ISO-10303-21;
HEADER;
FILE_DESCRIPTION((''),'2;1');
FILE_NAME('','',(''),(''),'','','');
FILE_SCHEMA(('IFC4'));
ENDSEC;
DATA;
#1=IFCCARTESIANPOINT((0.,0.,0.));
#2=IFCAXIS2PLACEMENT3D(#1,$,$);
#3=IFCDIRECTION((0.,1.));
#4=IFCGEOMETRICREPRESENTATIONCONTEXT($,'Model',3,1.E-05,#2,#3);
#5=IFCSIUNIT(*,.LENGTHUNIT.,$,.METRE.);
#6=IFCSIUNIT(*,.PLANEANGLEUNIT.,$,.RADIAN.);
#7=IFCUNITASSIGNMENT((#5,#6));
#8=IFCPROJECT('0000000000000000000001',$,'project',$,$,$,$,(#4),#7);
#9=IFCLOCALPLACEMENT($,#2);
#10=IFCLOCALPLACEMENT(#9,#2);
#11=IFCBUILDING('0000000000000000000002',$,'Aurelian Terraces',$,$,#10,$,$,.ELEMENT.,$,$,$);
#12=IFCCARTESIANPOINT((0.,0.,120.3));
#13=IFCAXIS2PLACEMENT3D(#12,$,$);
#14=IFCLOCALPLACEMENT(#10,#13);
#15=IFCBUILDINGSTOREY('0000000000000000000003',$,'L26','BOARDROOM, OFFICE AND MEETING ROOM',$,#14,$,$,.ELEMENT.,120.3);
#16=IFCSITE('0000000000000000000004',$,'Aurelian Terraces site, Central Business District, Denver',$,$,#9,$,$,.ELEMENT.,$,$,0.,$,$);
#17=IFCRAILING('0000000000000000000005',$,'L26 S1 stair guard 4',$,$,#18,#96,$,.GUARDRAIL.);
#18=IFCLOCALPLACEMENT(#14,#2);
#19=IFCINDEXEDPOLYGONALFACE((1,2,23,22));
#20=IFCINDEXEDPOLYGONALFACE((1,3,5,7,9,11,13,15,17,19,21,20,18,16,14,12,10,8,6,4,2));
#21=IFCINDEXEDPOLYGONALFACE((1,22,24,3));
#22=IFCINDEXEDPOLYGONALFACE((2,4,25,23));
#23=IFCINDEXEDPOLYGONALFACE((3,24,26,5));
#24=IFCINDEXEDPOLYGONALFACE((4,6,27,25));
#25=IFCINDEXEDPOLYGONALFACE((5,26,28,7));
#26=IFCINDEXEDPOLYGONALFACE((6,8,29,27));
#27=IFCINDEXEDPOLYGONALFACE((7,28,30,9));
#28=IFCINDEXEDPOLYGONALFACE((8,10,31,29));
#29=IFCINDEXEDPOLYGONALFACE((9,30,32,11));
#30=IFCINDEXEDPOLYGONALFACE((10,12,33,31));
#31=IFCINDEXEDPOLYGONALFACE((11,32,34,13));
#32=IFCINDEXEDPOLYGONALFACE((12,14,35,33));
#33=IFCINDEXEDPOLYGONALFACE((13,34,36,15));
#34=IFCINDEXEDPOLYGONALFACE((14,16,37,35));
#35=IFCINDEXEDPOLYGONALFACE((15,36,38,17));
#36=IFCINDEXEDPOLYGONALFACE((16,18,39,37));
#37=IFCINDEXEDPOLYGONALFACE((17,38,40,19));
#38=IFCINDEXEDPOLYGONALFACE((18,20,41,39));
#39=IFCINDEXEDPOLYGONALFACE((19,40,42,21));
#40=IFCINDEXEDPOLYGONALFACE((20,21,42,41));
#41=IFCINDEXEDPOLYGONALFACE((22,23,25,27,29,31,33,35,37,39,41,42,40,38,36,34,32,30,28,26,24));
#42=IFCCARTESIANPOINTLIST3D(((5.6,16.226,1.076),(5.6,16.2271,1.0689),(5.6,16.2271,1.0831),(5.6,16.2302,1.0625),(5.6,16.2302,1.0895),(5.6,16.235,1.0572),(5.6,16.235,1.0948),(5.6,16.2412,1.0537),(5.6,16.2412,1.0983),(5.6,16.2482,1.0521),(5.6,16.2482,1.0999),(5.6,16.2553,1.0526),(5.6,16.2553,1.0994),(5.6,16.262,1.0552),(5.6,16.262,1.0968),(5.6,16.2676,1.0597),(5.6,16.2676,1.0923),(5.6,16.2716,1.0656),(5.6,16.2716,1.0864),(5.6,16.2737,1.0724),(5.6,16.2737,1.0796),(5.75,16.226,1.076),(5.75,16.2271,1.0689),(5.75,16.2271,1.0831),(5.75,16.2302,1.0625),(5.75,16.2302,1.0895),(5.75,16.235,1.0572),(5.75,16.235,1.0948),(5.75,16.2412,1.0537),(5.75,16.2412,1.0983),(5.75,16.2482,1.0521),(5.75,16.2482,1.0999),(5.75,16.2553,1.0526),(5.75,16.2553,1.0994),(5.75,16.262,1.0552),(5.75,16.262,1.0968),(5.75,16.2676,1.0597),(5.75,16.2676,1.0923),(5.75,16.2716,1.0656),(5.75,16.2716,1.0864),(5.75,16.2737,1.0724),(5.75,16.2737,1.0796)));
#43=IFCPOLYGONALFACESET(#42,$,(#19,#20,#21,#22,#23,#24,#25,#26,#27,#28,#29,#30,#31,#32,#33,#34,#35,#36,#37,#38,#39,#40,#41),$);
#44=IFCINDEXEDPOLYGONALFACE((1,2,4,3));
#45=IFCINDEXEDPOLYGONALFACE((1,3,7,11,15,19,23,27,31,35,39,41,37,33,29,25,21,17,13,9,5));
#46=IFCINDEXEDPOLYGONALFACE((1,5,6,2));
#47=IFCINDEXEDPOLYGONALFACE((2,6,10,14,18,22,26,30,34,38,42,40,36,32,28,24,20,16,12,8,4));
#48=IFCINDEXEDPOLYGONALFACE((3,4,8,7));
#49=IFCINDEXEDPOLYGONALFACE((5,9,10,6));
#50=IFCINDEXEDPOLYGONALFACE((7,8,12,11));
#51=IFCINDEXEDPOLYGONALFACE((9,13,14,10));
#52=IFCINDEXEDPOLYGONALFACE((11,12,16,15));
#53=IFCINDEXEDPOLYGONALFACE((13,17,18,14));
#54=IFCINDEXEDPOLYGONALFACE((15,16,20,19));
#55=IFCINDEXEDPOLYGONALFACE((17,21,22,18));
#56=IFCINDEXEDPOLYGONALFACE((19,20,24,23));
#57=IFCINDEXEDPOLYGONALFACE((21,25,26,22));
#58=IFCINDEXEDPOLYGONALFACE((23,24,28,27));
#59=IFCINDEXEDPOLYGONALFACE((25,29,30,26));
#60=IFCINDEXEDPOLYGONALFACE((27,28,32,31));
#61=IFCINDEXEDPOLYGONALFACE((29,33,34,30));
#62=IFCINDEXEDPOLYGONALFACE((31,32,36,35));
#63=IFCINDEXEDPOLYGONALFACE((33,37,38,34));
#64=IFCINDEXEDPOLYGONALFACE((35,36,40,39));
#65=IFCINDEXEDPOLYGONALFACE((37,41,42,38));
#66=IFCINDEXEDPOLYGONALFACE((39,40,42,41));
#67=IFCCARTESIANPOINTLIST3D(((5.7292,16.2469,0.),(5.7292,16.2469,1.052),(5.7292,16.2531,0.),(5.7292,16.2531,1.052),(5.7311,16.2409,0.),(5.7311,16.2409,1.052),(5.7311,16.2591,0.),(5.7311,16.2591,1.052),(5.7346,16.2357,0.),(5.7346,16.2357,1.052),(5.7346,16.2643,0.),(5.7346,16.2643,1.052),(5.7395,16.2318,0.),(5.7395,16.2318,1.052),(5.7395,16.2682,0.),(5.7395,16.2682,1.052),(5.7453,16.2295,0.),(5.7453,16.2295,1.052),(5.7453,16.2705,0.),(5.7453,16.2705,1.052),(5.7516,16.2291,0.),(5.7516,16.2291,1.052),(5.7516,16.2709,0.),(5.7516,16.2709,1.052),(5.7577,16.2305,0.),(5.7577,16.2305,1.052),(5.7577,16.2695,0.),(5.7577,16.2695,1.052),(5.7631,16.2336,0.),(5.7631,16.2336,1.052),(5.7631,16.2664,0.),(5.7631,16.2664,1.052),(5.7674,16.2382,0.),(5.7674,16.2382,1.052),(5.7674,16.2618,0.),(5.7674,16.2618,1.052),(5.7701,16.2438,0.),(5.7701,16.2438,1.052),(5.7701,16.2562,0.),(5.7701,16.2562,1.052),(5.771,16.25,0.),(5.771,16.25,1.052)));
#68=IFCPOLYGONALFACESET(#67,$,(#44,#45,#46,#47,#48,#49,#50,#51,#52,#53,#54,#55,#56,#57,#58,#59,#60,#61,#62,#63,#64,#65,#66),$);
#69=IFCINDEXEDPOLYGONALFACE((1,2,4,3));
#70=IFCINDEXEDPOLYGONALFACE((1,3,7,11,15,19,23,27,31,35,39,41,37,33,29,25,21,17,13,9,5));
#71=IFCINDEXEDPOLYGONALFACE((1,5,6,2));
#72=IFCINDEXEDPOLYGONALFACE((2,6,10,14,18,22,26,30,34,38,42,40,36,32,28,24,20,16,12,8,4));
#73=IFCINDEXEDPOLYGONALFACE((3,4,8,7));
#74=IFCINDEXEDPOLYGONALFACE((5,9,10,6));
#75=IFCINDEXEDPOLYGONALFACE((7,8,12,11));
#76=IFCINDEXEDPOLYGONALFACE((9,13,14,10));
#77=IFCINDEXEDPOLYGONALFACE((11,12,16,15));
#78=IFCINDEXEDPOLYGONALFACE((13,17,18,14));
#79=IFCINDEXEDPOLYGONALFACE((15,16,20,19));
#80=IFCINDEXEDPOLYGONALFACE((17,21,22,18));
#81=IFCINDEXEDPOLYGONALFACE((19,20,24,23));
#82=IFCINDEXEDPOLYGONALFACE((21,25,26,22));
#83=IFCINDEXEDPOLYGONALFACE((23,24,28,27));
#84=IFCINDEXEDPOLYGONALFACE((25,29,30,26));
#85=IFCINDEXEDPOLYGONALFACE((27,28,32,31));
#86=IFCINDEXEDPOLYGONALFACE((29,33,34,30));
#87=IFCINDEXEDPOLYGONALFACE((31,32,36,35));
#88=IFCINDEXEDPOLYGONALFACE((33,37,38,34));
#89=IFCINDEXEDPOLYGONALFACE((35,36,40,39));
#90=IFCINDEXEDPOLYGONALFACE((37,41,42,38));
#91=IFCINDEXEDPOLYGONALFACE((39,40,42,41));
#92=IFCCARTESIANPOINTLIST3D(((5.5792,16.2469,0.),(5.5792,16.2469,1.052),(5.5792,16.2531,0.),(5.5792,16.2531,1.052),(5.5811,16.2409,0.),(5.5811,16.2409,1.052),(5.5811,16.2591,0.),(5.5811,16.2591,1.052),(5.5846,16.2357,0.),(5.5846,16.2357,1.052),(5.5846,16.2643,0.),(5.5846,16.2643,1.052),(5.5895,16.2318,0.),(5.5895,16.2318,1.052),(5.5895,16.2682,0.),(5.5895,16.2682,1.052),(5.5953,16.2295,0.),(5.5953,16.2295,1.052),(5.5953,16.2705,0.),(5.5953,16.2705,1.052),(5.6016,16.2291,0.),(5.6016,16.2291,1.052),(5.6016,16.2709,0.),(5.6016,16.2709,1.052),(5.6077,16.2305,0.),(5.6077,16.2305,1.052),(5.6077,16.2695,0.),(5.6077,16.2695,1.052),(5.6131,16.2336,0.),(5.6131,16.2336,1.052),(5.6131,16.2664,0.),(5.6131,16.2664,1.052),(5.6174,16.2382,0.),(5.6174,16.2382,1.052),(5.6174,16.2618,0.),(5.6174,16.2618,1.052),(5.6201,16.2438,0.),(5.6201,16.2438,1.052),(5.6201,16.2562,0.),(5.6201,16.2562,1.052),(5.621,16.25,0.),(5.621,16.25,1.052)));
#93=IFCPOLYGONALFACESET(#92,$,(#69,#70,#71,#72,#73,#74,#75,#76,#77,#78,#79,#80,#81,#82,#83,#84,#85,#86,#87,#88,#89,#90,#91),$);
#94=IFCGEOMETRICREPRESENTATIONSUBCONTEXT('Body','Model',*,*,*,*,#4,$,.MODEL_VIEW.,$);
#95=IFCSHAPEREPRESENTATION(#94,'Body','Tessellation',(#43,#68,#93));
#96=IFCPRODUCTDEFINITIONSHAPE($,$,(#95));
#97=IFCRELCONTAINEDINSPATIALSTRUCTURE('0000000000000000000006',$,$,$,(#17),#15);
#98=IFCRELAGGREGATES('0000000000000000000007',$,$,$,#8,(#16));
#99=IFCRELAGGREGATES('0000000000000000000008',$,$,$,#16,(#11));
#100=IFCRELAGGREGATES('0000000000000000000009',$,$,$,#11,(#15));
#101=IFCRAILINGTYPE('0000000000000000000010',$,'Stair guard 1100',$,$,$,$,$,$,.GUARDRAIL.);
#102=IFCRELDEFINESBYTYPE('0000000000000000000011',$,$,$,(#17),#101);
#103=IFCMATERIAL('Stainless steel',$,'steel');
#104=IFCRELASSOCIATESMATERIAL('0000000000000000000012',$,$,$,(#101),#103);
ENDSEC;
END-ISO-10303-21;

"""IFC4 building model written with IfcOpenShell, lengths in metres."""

from ifc_helpers import new_model, si_unit, direction, frame, origin, origin_2d, place, context, subcontext, project, spatial, circle, extrude, source, transform, mapped, material, type_object, element, save


model = new_model("IFC4")

# Units and contexts
model_context = context("Model", 3, precision=1e-05, world=origin(), true_north=direction((0.0, 1.0)))
body_context = subcontext(model_context, "Body", "Model", "MODEL_VIEW")
ifc_project = project(units=[si_unit("LENGTHUNIT", "METRE"), si_unit("PLANEANGLEUNIT", "RADIAN")], contexts=[model_context])

# Site, building, storey
site_placement = place(None, origin())
site = spatial("IfcSite", under=ifc_project, at=site_placement, Name="Aurelian Terraces site, Central Business District, Denver", CompositionType="ELEMENT", RefElevation=0.0)
building_placement = place(site_placement, origin())
building = spatial("IfcBuilding", under=site, at=building_placement, Name="Aurelian Terraces", CompositionType="ELEMENT")
storey_placement = place(building_placement, frame((0.0, 0.0, 120.3)))
storey = spatial("IfcBuildingStorey", under=building, at=storey_placement, Name="L26", Description="BOARDROOM, OFFICE AND MEETING ROOM", CompositionType="ELEMENT", Elevation=120.3)

# Shared definitions
ifc_material_1 = material(Name="Stainless steel", Category="steel")

# Railing
railing_type_1 = type_object("IfcRailingType", Name="Stair guard 1100", PredefinedType="GUARDRAIL", material=ifc_material_1)
shared_shape_1 = source(origin(), body_context, "Body", "SweptSolid", [
    extrude(circle(Radius=0.024, at=origin_2d()), frame((0.0, 0.0, 1.076), z_axis=(-1.0, 0.0, 0.0), x_axis=(0.0, -1.0, 0.0)), (0.0, 0.0, 1.0), 0.15),
    extrude(circle(Radius=0.021, at=origin_2d()), origin(), (0.0, 0.0, 1.0), 1.052),
    extrude(circle(Radius=0.021, at=origin_2d()), frame((-0.15, 0.0, 0.0)), (0.0, 0.0, 1.0), 1.052),
])
railing_1_placement = place(storey_placement, frame((5.75, 16.25, 0.0)))
element("IfcRailing", 1, at=railing_1_placement, inside=storey, type_object=railing_type_1, Name="L26 S1 stair guard 4", PredefinedType="GUARDRAIL", context=body_context, shape_type="MappedRepresentation", body=[
    mapped(shared_shape_1, transform((0.0, 0.0, 0.0), scale=1.0)),
])

save(model, "model.ifc")
